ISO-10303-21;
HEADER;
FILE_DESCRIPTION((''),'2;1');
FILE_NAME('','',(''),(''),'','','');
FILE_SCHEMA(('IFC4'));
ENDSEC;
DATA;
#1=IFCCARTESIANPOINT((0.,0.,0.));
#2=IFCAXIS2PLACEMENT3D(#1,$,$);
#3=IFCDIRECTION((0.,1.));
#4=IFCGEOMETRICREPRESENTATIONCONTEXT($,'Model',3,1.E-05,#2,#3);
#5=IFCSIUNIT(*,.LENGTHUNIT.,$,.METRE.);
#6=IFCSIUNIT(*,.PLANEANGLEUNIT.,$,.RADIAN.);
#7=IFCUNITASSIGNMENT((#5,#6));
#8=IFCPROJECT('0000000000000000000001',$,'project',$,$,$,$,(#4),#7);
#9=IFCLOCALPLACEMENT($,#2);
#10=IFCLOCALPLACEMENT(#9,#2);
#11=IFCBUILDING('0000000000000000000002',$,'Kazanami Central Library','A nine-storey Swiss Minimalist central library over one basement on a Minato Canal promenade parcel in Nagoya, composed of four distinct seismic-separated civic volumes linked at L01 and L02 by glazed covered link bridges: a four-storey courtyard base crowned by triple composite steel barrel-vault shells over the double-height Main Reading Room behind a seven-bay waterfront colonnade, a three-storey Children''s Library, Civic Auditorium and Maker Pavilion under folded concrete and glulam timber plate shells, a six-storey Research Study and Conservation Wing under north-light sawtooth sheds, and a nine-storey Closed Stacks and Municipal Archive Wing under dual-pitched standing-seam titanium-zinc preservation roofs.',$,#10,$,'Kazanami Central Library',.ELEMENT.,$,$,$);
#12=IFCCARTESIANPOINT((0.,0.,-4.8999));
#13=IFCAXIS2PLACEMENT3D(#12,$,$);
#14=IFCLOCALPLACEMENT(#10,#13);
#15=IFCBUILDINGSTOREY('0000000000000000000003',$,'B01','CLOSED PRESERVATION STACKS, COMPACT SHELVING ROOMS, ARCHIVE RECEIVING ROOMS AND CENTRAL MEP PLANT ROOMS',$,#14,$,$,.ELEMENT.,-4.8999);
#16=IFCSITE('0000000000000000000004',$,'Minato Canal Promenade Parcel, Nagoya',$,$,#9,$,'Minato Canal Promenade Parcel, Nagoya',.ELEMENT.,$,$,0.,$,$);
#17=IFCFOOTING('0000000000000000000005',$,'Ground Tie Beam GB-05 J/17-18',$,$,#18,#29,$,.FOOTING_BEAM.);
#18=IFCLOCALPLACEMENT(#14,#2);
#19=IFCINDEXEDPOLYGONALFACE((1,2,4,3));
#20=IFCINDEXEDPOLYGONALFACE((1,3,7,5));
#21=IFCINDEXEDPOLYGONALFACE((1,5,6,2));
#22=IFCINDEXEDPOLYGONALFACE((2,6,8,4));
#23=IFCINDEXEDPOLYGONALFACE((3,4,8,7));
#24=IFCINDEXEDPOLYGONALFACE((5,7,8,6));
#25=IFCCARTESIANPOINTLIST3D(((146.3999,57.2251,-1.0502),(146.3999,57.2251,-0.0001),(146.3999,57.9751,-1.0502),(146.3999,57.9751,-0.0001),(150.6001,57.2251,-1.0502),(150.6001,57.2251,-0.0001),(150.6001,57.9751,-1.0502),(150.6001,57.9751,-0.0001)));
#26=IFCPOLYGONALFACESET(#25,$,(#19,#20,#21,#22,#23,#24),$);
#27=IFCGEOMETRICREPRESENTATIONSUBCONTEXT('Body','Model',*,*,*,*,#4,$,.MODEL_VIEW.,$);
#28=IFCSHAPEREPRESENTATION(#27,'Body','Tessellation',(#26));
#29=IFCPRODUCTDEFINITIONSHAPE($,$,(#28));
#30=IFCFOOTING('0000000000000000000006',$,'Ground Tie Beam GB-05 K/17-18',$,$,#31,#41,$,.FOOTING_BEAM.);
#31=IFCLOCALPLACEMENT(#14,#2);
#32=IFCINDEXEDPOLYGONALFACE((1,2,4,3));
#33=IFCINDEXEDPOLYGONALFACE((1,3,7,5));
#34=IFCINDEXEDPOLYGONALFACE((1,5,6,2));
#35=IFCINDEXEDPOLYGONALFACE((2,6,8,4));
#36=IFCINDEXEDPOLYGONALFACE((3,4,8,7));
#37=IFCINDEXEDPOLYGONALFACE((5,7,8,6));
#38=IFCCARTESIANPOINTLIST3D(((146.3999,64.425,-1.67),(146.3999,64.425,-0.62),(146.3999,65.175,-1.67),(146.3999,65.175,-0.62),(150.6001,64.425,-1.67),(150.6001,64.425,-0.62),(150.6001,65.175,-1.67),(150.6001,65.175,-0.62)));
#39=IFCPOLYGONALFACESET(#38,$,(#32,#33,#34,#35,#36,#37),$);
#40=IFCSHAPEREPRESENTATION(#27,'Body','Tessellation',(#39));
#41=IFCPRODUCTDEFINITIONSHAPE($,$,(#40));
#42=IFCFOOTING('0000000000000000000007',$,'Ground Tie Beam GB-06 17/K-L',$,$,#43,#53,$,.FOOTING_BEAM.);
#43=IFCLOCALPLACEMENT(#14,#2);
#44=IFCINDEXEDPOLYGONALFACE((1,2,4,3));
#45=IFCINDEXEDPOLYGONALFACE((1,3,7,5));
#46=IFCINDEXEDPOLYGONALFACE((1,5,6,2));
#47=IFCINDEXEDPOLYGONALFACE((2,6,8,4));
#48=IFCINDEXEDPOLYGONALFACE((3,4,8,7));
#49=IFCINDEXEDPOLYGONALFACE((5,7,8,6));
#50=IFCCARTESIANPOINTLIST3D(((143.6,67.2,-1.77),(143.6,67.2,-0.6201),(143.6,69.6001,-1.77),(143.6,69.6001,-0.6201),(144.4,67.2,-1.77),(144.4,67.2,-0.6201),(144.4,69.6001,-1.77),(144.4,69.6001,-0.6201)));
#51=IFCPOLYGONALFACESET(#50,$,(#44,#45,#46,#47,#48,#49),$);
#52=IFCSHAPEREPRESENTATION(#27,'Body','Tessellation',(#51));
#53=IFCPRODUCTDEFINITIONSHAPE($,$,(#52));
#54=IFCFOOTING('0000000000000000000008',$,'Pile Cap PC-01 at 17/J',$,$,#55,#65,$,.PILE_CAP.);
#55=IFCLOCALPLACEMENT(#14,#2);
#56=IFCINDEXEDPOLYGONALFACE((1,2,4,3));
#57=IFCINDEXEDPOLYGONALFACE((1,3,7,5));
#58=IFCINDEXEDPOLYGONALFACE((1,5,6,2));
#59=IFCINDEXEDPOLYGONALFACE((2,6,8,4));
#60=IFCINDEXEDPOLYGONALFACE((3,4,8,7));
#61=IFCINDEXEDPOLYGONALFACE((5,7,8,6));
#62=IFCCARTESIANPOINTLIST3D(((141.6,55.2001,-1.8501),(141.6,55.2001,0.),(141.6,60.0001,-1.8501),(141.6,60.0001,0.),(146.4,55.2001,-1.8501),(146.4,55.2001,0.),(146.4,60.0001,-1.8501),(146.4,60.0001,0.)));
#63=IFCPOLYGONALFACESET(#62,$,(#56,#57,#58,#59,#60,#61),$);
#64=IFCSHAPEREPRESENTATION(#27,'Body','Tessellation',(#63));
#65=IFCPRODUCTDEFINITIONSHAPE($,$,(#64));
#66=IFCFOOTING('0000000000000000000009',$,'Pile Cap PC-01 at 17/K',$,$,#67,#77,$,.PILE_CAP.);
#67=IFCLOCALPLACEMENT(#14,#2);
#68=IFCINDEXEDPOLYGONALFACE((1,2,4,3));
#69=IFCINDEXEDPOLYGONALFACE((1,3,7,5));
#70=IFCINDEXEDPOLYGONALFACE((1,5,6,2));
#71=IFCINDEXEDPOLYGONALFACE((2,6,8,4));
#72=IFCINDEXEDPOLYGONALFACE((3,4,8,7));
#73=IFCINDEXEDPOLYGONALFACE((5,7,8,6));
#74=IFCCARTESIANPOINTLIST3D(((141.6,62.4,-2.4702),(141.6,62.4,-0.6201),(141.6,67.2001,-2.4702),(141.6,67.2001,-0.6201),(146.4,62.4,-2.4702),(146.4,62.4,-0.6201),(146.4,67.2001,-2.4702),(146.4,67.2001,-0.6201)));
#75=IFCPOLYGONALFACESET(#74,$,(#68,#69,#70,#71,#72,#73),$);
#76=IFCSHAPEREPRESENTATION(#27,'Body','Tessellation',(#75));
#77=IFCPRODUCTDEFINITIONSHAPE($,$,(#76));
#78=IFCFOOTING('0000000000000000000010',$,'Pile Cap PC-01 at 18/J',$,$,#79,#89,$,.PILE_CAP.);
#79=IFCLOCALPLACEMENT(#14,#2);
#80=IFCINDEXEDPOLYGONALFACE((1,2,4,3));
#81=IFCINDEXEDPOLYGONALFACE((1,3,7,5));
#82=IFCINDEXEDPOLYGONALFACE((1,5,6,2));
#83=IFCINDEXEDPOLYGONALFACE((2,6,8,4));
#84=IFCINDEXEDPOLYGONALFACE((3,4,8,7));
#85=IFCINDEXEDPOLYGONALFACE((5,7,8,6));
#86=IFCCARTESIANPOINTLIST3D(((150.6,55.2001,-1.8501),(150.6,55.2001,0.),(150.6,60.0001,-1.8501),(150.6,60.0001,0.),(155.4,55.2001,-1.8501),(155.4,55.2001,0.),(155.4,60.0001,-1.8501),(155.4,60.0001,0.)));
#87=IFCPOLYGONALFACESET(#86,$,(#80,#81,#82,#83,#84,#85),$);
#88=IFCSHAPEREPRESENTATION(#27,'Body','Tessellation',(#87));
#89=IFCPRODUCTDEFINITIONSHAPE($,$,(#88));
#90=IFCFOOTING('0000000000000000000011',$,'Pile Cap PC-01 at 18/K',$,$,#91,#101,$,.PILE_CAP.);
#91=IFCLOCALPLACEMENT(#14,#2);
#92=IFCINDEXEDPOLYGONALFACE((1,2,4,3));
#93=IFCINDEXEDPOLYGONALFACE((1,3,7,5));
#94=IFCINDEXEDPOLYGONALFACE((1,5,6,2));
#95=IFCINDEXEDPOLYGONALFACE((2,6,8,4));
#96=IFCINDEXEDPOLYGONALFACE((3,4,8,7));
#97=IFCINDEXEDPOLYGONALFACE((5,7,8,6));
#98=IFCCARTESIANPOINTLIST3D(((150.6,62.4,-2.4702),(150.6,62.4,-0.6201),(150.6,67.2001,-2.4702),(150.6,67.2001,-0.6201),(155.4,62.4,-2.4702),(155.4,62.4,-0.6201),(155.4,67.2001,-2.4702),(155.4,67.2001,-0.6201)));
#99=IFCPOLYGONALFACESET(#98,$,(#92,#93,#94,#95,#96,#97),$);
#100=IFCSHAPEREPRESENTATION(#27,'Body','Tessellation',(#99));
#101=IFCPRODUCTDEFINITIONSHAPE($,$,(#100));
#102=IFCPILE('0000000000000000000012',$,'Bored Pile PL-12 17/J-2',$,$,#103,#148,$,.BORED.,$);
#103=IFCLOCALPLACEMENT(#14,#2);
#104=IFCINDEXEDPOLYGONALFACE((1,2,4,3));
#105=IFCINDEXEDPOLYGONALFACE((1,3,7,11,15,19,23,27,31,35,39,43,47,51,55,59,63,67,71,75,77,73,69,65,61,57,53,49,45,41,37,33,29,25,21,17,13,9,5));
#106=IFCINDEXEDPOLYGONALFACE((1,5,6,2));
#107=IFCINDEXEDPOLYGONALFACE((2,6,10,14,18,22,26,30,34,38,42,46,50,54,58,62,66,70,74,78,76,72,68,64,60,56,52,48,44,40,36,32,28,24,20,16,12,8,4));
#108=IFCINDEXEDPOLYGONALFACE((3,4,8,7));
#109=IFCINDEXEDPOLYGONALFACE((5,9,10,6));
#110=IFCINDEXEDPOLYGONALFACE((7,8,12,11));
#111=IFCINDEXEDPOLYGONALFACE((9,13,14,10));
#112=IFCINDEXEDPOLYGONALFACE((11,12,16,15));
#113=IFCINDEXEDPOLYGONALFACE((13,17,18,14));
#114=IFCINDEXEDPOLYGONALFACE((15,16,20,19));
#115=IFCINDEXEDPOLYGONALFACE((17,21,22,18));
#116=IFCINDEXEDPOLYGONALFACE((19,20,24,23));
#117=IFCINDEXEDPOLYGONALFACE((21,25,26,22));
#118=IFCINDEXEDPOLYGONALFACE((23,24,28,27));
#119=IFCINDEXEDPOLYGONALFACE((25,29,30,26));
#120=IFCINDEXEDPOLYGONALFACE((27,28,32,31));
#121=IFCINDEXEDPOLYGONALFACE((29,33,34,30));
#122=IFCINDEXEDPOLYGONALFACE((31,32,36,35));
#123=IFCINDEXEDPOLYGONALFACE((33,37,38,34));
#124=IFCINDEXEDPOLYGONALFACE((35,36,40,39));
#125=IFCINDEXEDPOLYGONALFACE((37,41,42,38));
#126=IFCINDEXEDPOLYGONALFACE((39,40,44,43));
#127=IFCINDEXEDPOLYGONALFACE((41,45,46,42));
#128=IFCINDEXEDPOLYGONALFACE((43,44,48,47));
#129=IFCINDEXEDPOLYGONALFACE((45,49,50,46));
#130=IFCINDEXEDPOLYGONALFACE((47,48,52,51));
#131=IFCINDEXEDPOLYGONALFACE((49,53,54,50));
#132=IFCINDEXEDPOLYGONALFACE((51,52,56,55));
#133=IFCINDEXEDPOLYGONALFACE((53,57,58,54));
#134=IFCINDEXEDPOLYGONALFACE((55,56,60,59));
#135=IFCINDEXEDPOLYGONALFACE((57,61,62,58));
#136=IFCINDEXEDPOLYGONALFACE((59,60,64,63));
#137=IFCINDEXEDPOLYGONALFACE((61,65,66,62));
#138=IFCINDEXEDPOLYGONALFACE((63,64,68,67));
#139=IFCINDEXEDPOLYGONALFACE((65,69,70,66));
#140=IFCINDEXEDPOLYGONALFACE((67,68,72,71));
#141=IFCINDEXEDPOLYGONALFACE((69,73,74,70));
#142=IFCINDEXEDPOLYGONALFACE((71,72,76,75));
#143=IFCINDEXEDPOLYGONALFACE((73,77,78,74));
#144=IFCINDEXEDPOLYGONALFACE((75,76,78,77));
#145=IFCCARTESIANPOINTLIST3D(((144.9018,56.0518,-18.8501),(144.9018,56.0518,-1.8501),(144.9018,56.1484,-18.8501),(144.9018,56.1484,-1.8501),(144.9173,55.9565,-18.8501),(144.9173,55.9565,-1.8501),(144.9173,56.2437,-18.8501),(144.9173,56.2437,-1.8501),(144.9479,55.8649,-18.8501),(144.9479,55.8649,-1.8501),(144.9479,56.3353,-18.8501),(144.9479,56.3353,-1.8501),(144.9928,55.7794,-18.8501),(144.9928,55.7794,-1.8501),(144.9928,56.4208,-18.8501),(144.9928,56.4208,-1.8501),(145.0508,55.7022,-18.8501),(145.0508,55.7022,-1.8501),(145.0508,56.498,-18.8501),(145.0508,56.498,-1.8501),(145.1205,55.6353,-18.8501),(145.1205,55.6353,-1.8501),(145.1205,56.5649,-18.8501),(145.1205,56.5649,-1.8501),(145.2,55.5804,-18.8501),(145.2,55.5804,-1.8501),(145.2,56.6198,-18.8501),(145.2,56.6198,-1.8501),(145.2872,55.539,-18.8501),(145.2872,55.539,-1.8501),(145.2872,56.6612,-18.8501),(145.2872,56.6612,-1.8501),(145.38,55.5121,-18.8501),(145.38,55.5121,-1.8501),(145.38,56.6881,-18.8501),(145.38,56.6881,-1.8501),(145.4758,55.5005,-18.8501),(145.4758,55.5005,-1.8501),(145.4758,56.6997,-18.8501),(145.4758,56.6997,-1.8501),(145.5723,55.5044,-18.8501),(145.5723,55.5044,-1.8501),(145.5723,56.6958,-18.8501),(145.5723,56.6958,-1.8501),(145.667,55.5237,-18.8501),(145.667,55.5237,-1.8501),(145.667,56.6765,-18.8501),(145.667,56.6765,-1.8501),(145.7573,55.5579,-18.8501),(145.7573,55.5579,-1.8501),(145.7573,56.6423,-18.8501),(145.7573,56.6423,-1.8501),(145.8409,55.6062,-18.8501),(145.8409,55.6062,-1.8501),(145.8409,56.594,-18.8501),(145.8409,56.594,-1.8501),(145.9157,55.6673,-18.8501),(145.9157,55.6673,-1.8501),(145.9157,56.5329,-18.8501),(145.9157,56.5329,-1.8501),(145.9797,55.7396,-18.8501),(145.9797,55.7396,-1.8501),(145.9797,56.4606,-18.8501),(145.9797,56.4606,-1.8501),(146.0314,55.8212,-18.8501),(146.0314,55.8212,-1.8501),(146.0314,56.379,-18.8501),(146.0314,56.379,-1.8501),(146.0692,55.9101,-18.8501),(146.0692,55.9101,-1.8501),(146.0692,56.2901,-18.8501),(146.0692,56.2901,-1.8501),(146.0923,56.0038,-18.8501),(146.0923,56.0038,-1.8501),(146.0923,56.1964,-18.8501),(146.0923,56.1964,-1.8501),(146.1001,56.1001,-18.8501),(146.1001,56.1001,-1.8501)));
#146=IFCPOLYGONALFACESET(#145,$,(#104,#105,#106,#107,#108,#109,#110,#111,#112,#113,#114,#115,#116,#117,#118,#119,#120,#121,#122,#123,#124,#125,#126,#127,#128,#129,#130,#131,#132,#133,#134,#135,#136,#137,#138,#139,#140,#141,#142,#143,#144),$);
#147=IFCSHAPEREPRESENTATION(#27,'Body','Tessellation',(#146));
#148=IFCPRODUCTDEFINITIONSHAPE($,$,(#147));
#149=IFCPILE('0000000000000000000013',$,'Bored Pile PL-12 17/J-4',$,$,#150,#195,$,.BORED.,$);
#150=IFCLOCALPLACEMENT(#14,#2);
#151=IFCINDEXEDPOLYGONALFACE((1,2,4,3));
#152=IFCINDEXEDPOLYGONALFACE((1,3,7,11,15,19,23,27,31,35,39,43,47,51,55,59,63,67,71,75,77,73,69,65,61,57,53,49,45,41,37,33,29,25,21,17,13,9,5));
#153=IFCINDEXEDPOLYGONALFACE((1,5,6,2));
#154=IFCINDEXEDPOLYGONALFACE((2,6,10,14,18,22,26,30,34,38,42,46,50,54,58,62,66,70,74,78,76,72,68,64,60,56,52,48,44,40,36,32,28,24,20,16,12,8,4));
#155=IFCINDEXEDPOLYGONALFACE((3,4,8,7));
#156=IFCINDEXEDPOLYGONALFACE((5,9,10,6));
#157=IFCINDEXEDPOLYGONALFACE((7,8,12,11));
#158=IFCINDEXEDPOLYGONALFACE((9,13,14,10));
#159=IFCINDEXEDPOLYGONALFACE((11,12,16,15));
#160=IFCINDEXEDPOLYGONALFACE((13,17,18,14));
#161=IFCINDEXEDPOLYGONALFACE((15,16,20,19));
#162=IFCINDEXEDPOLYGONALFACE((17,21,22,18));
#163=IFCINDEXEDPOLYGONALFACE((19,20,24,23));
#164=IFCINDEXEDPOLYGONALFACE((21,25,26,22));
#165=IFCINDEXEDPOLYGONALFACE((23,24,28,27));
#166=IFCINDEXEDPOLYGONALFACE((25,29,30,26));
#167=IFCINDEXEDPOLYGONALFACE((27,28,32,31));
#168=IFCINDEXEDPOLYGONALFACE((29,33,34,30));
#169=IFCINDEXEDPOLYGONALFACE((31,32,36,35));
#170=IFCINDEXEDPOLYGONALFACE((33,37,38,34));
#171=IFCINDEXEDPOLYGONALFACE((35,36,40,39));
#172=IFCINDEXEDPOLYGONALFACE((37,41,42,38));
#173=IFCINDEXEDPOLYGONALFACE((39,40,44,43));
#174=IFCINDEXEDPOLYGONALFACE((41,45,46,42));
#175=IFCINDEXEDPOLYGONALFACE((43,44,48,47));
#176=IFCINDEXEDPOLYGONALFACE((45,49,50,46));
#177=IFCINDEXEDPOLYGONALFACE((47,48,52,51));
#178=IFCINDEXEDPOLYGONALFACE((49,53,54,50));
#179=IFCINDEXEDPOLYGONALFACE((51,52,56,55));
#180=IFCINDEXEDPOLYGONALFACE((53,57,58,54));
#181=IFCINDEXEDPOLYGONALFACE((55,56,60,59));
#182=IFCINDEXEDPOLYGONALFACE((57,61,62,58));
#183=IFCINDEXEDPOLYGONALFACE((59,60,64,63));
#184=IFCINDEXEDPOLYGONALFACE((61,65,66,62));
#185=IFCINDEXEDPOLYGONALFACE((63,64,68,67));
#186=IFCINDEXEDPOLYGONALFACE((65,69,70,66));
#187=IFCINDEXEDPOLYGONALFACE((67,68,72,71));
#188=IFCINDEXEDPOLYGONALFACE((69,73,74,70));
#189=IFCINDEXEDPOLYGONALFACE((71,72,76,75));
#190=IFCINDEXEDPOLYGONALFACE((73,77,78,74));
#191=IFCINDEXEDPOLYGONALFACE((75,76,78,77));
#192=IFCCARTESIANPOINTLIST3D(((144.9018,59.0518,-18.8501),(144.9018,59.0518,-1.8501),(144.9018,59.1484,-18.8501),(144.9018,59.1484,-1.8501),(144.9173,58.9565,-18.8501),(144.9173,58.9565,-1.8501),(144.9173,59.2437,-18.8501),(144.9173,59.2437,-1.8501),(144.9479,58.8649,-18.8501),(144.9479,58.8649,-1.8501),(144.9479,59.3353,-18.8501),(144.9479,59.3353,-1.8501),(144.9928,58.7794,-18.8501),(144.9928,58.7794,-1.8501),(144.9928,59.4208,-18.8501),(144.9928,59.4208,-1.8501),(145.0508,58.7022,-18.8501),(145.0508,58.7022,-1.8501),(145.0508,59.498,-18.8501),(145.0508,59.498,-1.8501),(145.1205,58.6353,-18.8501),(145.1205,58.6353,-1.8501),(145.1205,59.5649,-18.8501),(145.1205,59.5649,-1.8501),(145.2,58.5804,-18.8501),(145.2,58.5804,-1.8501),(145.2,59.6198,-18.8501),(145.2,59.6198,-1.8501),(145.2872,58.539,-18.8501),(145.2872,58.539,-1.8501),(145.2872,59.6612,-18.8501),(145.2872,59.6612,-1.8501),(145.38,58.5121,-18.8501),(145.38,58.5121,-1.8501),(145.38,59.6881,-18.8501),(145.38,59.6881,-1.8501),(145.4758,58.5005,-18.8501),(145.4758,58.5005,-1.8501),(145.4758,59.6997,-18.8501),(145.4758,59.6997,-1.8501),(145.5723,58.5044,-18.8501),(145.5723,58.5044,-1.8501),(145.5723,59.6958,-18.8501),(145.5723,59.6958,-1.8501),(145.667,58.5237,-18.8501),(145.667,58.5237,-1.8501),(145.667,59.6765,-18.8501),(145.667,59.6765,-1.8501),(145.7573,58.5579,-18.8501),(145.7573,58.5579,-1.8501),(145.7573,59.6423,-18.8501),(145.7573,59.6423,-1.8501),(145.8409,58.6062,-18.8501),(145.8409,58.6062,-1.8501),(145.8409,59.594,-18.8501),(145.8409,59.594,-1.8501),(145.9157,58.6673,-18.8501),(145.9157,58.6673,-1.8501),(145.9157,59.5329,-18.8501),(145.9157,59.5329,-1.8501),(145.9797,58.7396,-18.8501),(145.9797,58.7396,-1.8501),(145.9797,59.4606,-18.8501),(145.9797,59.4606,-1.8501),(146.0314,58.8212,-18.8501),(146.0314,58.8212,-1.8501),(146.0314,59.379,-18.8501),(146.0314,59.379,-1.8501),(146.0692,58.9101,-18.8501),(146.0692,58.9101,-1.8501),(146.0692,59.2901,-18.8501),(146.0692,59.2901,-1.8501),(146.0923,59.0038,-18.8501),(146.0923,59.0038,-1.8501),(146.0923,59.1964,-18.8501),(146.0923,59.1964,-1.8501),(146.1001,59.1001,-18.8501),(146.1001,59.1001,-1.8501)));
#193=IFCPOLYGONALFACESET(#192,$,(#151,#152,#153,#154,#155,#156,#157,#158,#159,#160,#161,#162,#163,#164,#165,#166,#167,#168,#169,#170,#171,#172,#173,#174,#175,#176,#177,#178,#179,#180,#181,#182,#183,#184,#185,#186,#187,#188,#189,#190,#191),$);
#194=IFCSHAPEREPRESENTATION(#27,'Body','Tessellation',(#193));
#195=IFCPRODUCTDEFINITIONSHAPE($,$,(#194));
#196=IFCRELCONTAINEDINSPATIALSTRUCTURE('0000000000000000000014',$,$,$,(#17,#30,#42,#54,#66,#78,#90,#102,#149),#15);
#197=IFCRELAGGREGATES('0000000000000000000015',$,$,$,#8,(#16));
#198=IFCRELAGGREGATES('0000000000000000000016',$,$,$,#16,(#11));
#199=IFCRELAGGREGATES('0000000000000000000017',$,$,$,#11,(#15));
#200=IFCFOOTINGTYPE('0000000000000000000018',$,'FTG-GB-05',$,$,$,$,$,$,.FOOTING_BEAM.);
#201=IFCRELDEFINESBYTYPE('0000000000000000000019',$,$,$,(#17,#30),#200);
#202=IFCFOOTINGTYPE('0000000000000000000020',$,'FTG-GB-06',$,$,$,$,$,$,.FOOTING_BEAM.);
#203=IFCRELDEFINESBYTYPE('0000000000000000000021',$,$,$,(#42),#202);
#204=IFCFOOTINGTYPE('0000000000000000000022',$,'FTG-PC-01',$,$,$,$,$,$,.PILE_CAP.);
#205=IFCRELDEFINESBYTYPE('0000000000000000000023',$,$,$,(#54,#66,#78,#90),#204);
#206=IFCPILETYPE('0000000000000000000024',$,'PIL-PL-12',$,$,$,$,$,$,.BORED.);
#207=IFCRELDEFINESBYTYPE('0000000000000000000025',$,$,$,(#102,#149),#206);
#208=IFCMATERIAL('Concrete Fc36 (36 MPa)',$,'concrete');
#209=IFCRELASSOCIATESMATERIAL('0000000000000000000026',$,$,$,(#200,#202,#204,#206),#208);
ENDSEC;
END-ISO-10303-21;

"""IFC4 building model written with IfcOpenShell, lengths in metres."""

from ifc_helpers import new_model, si_unit, direction, frame, origin, origin_2d, place, context, subcontext, project, spatial, rectangle, circle, extrude, material, material_profile, profile_set, type_object, element, save


model = new_model("IFC4")

# Units and contexts
model_context = context("Model", 3, precision=1e-05, world=origin(), true_north=direction((0.0, 1.0)))
body_context = subcontext(model_context, "Body", "Model", "MODEL_VIEW")
ifc_project = project(units=[si_unit("LENGTHUNIT", "METRE"), si_unit("PLANEANGLEUNIT", "RADIAN")], contexts=[model_context])

# Site, building, storey
site_placement = place(None, origin())
site = spatial("IfcSite", under=ifc_project, at=site_placement, Name="Minato Canal Promenade Parcel, Nagoya", LongName="Minato Canal Promenade Parcel, Nagoya", CompositionType="ELEMENT", RefElevation=0.0)
building_placement = place(site_placement, origin())
building = spatial("IfcBuilding", under=site, at=building_placement, Name="Kazanami Central Library", Description="A nine-storey Swiss Minimalist central library over one basement on a Minato Canal promenade parcel in Nagoya, composed of four distinct seismic-separated civic volumes linked at L01 and L02 by glazed covered link bridges: a four-storey courtyard base crowned by triple composite steel barrel-vault shells over the double-height Main Reading Room behind a seven-bay waterfront colonnade, a three-storey Children's Library, Civic Auditorium and Maker Pavilion under folded concrete and glulam timber plate shells, a six-storey Research Study and Conservation Wing under north-light sawtooth sheds, and a nine-storey Closed Stacks and Municipal Archive Wing under dual-pitched standing-seam titanium-zinc preservation roofs.", LongName="Kazanami Central Library", CompositionType="ELEMENT")
storey_placement = place(building_placement, frame((0.0, 0.0, -4.8999)))
storey = spatial("IfcBuildingStorey", under=building, at=storey_placement, Name="B01", Description="CLOSED PRESERVATION STACKS, COMPACT SHELVING ROOMS, ARCHIVE RECEIVING ROOMS AND CENTRAL MEP PLANT ROOMS", CompositionType="ELEMENT", Elevation=-4.8999)

# Footings
ifc_material_1 = material(Name="Concrete Fc36 (36 MPa)", Category="concrete")
ifc_material_profile_1 = material_profile(ifc_material_1, rectangle(XDim=0.75, YDim=1.05, at=origin_2d()), Name="RC-750x1050")
ifc_profile_set_1 = profile_set([ifc_material_profile_1], Name="Concrete Fc36 (36 MPa)")
footing_type_1 = type_object("IfcFootingType", Name="FTG-GB-05", PredefinedType="FOOTING_BEAM", material=ifc_profile_set_1)
for number, where, z_axis, x_axis, name in (
    (1, (146.3999, 57.6001, -0.5251), (1.0, 0.0, 0.0), (0.0, 1.0, 0.0), "Ground Tie Beam GB-05 J/17-18"),
    (2, (146.3999, 64.8, -1.145), (1.0, 0.0, 0.0), (0.0, 1.0, 0.0), "Ground Tie Beam GB-05 K/17-18"),
):
    element("IfcFooting", number, at=place(storey_placement, frame(where, z_axis=z_axis, x_axis=x_axis)), inside=storey, type_object=footing_type_1, Name=name, PredefinedType="FOOTING_BEAM", context=body_context, shape_type="SweptSolid", body=[
        extrude(rectangle(XDim=0.75, YDim=1.05, at=origin_2d()), origin(), (0.0, 0.0, 1.0), 4.2002),
    ])
ifc_material_profile_2 = material_profile(ifc_material_1, rectangle(XDim=0.8, YDim=1.1499, at=origin_2d()), Name="RC-800x1150")
ifc_profile_set_2 = profile_set([ifc_material_profile_2], Name="Concrete Fc36 (36 MPa)")
footing_type_2 = type_object("IfcFootingType", Name="FTG-GB-06", PredefinedType="FOOTING_BEAM", material=ifc_profile_set_2)
footing_placement = place(storey_placement, frame((144.0, 67.2, -1.1951), z_axis=(0.0, 1.0, 0.0), x_axis=(-1.0, 0.0, 0.0)))
element("IfcFooting", 3, at=footing_placement, inside=storey, type_object=footing_type_2, Name="Ground Tie Beam GB-06 17/K-L", PredefinedType="FOOTING_BEAM", context=body_context, shape_type="SweptSolid", body=[
    extrude(rectangle(XDim=0.8, YDim=1.1499, at=origin_2d()), origin(), (0.0, 0.0, 1.0), 2.4001),
])
footing_type_3 = type_object("IfcFootingType", Name="FTG-PC-01", PredefinedType="PILE_CAP", material=ifc_material_1)
for number, where, z_axis, x_axis, name in (
    (4, (144.0, 57.6001, -1.8501), (0.0, 0.0, 1.0), (1.0, 0.0, 0.0), "Pile Cap PC-01 at 17/J"),
    (5, (144.0, 64.8, -2.4702), (0.0, 0.0, 1.0), (1.0, 0.0, 0.0), "Pile Cap PC-01 at 17/K"),
    (6, (153.0, 57.6001, -1.8501), (0.0, 0.0, 1.0), (1.0, 0.0, 0.0), "Pile Cap PC-01 at 18/J"),
    (7, (153.0, 64.8, -2.4702), (0.0, 0.0, 1.0), (1.0, 0.0, 0.0), "Pile Cap PC-01 at 18/K"),
):
    element("IfcFooting", number, at=place(storey_placement, frame(where, z_axis=z_axis, x_axis=x_axis)), inside=storey, type_object=footing_type_3, Name=name, PredefinedType="PILE_CAP", context=body_context, shape_type="SweptSolid", body=[
        extrude(rectangle(XDim=4.8, YDim=4.8, at=origin_2d()), origin(), (0.0, 0.0, 1.0), 1.8501),
    ])

# Piles
ifc_material_profile_3 = material_profile(ifc_material_1, circle(Radius=0.6001, at=origin_2d()), Name="BORED-D1200")
ifc_profile_set_3 = profile_set([ifc_material_profile_3], Name="Concrete Fc36 (36 MPa)")
pile_type = type_object("IfcPileType", Name="PIL-PL-12", PredefinedType="BORED", material=ifc_profile_set_3)
for number, where, z_axis, x_axis, name in (
    (8, (145.5, 56.1001, -1.8501), (0.0, 0.0, -1.0), (1.0, 0.0, 0.0), "Bored Pile PL-12 17/J-2"),
    (9, (145.5, 59.1001, -1.8501), (0.0, 0.0, -1.0), (1.0, 0.0, 0.0), "Bored Pile PL-12 17/J-4"),
):
    element("IfcPile", number, at=place(storey_placement, frame(where, z_axis=z_axis, x_axis=x_axis)), inside=storey, type_object=pile_type, Name=name, PredefinedType="BORED", context=body_context, shape_type="SweptSolid", body=[
        extrude(circle(Radius=0.6001, at=origin_2d()), origin(), (0.0, 0.0, 1.0), 17.0),
    ])

save(model, "model.ifc")
